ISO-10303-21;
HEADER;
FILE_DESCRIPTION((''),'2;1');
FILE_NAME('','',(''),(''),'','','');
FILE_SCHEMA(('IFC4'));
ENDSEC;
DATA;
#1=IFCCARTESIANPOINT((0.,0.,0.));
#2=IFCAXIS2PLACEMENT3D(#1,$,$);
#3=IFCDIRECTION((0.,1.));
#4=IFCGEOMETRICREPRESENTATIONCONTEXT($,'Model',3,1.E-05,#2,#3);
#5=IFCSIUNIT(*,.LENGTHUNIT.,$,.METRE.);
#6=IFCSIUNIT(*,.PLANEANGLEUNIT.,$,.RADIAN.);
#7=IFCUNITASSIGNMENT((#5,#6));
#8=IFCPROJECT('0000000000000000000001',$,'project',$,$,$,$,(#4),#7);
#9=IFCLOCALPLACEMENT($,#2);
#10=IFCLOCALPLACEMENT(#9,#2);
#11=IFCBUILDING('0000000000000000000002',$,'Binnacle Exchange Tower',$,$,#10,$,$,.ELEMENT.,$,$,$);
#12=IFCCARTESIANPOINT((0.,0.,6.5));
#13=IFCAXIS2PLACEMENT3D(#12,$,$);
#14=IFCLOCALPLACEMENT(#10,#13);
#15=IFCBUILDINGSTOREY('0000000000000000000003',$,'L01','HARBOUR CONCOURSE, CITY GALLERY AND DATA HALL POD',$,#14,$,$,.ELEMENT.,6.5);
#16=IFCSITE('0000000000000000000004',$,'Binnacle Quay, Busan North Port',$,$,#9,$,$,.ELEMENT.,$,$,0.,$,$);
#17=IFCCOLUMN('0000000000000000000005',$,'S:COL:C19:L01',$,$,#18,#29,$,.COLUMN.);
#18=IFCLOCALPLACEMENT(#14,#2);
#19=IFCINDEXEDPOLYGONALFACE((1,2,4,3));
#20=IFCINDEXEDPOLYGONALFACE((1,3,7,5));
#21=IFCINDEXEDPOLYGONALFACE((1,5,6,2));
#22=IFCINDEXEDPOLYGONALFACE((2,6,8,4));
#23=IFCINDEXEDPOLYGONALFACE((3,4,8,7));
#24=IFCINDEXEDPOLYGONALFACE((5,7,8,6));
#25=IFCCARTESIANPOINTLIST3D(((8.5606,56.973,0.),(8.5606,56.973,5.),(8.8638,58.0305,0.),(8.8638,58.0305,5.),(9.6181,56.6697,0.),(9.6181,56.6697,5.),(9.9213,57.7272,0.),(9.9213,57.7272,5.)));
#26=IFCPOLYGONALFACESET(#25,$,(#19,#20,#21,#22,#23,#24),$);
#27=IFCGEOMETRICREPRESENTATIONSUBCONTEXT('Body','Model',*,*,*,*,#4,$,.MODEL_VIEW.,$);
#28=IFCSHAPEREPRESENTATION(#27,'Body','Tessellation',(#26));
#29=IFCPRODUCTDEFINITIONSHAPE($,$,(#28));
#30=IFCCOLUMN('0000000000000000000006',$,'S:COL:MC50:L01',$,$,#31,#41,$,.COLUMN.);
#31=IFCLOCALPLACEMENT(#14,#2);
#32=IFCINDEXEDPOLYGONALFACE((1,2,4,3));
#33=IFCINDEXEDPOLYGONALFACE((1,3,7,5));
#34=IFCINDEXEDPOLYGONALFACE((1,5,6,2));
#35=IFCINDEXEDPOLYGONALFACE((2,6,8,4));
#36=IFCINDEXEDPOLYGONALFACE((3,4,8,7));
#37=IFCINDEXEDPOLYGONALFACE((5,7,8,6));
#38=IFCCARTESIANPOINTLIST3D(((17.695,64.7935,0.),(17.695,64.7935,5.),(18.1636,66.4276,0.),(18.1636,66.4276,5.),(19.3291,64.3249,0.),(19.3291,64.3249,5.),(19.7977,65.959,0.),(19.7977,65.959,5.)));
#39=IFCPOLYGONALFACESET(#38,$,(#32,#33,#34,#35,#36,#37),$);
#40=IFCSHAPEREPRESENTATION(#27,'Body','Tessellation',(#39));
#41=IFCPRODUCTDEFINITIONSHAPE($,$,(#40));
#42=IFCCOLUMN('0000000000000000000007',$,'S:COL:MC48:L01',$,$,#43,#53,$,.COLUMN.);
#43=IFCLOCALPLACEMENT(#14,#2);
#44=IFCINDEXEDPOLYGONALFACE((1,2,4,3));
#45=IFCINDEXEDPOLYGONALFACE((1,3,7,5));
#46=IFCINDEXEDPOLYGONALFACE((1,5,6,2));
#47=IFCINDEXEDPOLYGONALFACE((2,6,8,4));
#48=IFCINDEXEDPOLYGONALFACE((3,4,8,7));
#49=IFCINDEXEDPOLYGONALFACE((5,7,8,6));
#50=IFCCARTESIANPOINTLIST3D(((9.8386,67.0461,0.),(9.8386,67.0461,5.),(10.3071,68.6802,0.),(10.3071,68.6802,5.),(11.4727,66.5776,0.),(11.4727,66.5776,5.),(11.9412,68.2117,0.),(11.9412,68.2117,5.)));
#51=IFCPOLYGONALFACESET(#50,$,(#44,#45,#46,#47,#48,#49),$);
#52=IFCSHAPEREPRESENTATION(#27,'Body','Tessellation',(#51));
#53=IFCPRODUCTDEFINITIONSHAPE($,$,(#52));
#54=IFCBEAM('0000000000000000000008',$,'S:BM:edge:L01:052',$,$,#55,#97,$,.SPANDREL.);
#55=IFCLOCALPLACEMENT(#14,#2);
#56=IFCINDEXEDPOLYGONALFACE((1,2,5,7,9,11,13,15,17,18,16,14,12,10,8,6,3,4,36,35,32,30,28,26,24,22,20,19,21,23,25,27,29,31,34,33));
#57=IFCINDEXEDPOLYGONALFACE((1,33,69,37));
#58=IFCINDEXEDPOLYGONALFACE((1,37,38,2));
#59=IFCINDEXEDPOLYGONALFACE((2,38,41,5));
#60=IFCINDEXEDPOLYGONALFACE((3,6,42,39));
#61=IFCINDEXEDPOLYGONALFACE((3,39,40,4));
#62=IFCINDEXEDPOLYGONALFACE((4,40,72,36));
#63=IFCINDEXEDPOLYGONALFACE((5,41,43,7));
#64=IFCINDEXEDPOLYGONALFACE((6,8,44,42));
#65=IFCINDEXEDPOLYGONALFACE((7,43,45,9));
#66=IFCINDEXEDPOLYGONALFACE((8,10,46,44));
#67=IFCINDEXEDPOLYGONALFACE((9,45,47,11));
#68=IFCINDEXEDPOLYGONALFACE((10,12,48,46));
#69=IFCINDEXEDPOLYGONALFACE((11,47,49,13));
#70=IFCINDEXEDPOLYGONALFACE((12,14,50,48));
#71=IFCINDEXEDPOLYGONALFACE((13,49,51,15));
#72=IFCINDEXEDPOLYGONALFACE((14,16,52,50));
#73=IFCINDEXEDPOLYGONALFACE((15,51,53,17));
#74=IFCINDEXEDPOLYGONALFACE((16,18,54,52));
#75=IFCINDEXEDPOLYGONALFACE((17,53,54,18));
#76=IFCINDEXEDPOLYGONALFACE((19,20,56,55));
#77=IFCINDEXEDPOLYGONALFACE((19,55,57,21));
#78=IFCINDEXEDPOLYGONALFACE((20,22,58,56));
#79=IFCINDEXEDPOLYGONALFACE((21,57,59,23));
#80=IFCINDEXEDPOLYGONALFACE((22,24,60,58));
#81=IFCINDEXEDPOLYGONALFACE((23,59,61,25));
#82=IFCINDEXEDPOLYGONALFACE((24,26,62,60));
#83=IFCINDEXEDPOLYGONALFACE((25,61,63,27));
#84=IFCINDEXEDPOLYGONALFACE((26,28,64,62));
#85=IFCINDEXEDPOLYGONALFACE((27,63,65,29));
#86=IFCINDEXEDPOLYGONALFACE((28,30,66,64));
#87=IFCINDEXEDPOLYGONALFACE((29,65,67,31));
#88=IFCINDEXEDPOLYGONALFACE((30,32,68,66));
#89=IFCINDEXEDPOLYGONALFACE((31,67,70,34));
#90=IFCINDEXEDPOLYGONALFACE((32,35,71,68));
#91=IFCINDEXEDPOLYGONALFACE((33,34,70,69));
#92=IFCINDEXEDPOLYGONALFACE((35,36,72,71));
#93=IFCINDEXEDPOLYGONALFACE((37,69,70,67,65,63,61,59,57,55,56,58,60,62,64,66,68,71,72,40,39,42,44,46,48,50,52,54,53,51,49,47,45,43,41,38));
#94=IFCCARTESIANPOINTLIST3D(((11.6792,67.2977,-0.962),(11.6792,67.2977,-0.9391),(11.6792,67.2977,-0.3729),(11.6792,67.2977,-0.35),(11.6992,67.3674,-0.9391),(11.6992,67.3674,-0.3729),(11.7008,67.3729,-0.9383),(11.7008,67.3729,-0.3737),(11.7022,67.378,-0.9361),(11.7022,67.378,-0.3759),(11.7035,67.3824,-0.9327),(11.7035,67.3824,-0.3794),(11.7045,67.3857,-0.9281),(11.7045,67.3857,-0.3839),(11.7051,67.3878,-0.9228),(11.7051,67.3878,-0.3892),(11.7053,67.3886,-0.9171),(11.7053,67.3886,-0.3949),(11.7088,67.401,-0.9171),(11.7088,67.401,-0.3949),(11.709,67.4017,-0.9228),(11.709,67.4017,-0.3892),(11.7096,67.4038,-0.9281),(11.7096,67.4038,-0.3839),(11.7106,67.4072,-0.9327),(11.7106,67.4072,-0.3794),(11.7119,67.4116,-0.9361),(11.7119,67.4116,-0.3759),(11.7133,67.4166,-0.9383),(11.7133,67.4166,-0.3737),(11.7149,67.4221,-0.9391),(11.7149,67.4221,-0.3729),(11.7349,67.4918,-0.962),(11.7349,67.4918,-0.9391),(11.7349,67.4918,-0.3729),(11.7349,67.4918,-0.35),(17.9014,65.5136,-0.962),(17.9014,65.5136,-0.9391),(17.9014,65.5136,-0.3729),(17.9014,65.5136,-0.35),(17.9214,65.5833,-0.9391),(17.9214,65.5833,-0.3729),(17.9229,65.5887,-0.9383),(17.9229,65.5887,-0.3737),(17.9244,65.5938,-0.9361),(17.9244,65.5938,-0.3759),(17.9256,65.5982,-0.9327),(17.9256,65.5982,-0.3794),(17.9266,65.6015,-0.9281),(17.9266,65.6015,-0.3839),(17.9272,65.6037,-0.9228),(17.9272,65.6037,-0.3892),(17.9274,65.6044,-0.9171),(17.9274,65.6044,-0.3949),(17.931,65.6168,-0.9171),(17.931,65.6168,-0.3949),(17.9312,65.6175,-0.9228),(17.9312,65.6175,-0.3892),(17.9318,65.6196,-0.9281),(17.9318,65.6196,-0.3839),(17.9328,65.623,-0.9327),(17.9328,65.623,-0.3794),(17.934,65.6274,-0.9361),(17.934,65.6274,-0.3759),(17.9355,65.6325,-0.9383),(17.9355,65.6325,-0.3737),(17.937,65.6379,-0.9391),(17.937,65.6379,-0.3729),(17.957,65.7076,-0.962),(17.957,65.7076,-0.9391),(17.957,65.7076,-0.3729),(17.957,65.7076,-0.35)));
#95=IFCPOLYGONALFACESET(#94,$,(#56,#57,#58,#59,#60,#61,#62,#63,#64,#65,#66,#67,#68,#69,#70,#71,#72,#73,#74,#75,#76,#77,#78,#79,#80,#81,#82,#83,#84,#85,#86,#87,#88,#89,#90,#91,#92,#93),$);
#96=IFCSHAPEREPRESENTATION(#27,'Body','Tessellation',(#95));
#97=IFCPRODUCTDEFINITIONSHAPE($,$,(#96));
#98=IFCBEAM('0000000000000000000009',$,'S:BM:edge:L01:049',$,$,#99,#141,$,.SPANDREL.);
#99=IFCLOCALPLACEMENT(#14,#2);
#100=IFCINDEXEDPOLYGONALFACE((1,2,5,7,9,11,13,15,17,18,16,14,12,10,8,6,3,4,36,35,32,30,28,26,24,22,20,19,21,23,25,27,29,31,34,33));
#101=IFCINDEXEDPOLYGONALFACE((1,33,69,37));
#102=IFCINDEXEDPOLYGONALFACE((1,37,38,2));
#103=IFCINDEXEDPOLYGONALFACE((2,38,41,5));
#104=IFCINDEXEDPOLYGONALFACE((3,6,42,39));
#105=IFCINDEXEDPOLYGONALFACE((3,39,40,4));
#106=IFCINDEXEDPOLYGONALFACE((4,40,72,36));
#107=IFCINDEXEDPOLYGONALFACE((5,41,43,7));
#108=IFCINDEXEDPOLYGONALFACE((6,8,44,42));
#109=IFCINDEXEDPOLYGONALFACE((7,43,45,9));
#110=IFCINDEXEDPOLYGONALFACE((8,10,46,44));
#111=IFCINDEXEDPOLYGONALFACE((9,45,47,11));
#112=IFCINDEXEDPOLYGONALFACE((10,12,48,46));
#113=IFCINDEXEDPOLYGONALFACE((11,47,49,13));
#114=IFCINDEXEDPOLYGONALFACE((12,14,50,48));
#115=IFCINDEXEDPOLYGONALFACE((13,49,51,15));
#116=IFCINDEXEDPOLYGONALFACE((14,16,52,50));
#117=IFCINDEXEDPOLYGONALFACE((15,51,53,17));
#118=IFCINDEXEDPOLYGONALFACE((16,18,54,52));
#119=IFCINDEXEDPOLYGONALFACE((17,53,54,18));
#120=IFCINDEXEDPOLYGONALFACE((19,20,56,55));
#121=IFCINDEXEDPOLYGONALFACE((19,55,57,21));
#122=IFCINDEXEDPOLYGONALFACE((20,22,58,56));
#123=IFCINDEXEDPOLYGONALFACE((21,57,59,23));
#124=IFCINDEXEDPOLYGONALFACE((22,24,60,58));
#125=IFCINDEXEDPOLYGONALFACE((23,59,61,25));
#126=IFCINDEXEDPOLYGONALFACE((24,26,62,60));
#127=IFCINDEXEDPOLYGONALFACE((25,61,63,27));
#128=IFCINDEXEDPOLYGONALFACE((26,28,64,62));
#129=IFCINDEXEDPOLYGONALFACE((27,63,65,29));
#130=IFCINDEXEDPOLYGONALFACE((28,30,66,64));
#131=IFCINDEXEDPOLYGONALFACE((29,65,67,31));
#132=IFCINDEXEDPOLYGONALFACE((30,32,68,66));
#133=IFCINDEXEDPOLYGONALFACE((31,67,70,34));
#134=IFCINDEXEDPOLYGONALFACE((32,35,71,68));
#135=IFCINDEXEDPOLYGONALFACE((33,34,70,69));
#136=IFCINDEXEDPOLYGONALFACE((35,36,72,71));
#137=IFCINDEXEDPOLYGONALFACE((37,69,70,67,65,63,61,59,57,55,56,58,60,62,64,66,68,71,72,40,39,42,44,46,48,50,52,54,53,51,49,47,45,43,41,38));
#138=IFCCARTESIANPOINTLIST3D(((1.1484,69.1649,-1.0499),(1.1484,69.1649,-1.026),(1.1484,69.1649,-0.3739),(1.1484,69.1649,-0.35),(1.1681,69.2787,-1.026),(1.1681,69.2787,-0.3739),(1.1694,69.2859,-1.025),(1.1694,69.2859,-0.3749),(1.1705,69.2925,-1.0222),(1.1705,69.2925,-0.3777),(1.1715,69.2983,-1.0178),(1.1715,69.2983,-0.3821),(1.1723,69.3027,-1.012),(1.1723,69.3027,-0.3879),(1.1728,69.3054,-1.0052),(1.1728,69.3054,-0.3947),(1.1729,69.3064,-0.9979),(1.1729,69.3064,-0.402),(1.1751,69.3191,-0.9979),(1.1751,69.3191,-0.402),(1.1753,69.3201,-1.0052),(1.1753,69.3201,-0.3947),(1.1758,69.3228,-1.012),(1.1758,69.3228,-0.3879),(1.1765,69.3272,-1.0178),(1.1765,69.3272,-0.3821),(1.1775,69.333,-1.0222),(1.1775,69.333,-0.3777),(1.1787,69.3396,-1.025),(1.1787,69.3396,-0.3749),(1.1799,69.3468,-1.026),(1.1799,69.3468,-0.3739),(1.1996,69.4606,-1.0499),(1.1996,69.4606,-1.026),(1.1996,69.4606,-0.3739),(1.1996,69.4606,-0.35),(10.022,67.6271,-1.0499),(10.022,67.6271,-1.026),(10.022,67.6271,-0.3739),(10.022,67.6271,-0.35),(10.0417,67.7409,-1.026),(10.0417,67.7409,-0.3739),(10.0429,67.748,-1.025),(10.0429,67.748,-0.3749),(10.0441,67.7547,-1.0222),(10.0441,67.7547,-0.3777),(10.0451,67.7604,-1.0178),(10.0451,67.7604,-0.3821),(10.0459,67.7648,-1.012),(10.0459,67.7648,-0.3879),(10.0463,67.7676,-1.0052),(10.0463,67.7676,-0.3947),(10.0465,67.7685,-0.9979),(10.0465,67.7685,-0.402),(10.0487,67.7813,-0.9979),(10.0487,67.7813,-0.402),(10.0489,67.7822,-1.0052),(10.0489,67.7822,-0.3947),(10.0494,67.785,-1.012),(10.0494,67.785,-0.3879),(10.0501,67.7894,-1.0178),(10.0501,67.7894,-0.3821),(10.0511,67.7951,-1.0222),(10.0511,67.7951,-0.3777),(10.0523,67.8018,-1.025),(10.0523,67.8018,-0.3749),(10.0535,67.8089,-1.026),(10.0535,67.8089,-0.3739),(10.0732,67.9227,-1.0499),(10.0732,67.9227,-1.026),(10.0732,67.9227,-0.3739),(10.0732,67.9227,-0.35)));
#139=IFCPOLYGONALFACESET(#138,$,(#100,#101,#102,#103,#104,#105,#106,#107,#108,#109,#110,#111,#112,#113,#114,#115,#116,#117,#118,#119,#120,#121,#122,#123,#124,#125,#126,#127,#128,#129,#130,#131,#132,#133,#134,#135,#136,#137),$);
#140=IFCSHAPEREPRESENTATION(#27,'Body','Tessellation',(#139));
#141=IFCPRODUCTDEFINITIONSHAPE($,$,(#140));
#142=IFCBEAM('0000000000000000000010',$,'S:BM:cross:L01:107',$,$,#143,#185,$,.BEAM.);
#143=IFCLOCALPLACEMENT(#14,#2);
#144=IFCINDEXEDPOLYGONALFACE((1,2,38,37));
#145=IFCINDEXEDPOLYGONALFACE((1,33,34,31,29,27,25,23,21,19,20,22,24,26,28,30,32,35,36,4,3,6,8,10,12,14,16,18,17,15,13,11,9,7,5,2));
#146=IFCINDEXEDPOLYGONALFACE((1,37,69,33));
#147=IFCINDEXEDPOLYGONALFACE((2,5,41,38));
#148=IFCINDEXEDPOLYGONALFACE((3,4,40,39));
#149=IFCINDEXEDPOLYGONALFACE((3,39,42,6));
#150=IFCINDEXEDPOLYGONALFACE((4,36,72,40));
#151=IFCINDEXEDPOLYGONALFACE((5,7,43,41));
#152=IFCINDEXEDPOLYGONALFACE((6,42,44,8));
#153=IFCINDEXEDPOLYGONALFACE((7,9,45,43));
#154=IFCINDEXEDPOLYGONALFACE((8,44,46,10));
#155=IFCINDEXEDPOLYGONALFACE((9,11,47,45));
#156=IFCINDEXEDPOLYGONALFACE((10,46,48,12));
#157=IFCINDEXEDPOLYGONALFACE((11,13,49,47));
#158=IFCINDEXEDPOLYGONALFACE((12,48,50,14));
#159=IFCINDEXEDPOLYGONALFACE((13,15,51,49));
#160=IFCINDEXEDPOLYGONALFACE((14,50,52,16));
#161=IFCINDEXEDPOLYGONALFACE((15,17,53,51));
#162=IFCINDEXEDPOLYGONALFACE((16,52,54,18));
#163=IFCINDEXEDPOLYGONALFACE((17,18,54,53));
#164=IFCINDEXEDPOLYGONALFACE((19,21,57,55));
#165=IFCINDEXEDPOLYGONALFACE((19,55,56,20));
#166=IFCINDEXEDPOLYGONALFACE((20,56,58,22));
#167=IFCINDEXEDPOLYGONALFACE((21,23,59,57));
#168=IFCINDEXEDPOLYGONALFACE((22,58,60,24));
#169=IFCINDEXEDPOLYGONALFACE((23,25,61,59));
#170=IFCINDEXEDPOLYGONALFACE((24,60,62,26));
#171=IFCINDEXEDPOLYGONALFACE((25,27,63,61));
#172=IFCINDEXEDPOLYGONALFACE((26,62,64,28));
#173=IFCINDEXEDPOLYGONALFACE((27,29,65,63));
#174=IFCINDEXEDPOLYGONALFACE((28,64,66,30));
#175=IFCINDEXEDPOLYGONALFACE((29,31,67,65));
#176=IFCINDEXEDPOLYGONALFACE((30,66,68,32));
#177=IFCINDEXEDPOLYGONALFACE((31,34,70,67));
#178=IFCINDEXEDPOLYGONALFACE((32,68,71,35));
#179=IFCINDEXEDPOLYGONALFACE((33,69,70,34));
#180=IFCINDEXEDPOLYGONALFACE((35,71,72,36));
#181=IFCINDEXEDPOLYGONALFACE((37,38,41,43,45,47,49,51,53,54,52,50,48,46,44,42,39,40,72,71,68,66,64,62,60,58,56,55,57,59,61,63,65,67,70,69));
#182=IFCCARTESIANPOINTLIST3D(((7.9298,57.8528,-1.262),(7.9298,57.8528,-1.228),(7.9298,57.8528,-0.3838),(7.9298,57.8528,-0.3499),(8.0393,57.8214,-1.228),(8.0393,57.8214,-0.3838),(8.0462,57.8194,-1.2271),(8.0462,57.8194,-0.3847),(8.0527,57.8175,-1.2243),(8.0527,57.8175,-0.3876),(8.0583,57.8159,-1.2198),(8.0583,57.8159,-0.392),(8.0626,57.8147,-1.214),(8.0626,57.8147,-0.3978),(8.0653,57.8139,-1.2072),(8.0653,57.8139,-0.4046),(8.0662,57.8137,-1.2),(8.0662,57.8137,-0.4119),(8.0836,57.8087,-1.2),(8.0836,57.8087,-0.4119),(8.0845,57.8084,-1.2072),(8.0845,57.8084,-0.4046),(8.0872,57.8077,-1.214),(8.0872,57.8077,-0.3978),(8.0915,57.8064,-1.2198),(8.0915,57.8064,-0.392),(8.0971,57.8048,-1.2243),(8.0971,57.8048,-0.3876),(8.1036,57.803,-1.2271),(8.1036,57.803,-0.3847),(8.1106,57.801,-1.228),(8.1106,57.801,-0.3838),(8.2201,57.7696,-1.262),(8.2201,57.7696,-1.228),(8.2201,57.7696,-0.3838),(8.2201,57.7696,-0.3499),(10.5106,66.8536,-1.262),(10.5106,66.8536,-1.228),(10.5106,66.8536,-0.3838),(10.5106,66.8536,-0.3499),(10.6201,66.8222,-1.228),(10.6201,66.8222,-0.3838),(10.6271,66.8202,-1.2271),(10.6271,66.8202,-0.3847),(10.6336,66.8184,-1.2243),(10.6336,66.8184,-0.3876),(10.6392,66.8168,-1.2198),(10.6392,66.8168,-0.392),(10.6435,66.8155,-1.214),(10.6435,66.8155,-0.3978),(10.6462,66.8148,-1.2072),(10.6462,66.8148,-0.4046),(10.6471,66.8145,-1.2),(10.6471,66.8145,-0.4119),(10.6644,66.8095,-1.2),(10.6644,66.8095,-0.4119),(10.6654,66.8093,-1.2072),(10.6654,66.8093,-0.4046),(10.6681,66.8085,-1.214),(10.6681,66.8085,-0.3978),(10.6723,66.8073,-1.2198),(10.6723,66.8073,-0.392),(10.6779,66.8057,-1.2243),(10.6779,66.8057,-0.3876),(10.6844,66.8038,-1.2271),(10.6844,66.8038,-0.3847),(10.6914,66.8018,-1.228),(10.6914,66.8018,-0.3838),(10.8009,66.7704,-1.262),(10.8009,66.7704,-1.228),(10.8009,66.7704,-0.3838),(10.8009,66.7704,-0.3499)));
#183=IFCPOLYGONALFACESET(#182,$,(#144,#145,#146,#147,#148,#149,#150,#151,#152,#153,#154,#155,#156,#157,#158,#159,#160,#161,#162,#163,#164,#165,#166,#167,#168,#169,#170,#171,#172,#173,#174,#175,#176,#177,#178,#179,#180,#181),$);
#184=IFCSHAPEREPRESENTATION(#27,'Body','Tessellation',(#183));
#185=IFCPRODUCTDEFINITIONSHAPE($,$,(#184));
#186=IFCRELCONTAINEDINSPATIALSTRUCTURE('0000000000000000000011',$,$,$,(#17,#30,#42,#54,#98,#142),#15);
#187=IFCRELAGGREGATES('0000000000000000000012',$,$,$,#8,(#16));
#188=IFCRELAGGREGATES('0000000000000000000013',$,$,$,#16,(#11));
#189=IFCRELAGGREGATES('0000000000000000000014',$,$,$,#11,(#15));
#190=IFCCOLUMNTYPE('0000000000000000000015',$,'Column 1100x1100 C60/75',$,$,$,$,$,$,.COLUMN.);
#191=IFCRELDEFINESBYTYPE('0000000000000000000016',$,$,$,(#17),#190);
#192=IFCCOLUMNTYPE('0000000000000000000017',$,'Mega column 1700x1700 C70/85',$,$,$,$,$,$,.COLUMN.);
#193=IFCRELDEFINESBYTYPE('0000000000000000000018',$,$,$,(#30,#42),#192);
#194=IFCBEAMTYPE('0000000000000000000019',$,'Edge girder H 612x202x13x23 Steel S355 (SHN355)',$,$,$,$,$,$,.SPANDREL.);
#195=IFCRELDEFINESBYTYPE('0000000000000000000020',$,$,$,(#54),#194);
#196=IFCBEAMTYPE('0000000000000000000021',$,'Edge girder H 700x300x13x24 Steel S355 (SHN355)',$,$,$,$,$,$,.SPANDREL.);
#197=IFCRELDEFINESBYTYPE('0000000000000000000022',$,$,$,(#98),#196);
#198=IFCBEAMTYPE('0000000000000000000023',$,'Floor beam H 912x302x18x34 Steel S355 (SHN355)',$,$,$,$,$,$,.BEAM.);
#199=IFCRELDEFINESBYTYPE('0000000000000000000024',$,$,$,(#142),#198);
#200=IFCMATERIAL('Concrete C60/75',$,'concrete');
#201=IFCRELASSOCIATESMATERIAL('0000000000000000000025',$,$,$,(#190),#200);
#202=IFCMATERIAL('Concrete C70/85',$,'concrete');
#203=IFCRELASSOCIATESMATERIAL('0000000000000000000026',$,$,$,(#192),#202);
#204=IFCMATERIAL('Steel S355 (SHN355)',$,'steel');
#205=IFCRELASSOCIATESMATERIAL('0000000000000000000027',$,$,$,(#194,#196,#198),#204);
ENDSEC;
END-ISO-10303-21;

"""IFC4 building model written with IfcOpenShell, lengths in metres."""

from ifc_helpers import new_model, si_unit, direction, frame, origin, origin_2d, place, context, subcontext, project, spatial, rectangle, i_section, extrude, material, material_profile, profile_set, type_object, element, save


model = new_model("IFC4")

# Units and contexts
model_context = context("Model", 3, precision=1e-05, world=origin(), true_north=direction((0.0, 1.0)))
body_context = subcontext(model_context, "Body", "Model", "MODEL_VIEW")
ifc_project = project(units=[si_unit("LENGTHUNIT", "METRE"), si_unit("PLANEANGLEUNIT", "RADIAN")], contexts=[model_context])

# Site, building, storey
site_placement = place(None, origin())
site = spatial("IfcSite", under=ifc_project, at=site_placement, Name="Binnacle Quay, Busan North Port", CompositionType="ELEMENT", RefElevation=0.0)
building_placement = place(site_placement, origin())
building = spatial("IfcBuilding", under=site, at=building_placement, Name="Binnacle Exchange Tower", CompositionType="ELEMENT")
storey_placement = place(building_placement, frame((0.0, 0.0, 6.5)))
storey = spatial("IfcBuildingStorey", under=building, at=storey_placement, Name="L01", Description="HARBOUR CONCOURSE, CITY GALLERY AND DATA HALL POD", CompositionType="ELEMENT", Elevation=6.5)

# Columns
ifc_material_1 = material(Name="Concrete C60/75", Category="concrete")
ifc_material_profile_1 = material_profile(ifc_material_1, rectangle(XDim=1.1001, YDim=1.1001, at=origin_2d()), Name="Column 1100x1100 C60/75")
ifc_profile_set_1 = profile_set([ifc_material_profile_1], Name="Concrete C60/75")
column_type_1 = type_object("IfcColumnType", Name="Column 1100x1100 C60/75", PredefinedType="COLUMN", material=ifc_profile_set_1)
column_placement = place(storey_placement, frame((9.241, 57.3501, 0.0), z_axis=(0.0, 0.0, 1.0), x_axis=(0.961262, -0.275637, 0.0)))
element("IfcColumn", 1, at=column_placement, inside=storey, type_object=column_type_1, Name="S:COL:C19:L01", PredefinedType="COLUMN", context=body_context, shape_type="SweptSolid", body=[
    extrude(rectangle(XDim=1.1001, YDim=1.1001, at=origin_2d()), origin(), (0.0, 0.0, 1.0), 5.0),
])
ifc_material_2 = material(Name="Concrete C70/85", Category="concrete")
ifc_material_profile_2 = material_profile(ifc_material_2, rectangle(XDim=1.7, YDim=1.7, at=origin_2d()), Name="Mega column 1700x1700 C70/85")
ifc_profile_set_2 = profile_set([ifc_material_profile_2], Name="Concrete C70/85")
column_type_2 = type_object("IfcColumnType", Name="Mega column 1700x1700 C70/85", PredefinedType="COLUMN", material=ifc_profile_set_2)
for number, where, z_axis, x_axis, name in (
    (2, (18.7463, 65.3762, 0.0), (0.0, 0.0, 1.0), (-0.961262, 0.275637, 0.0), "S:COL:MC50:L01"),
    (3, (10.8899, 67.6289, 0.0), (0.0, 0.0, 1.0), (-0.961262, 0.275637, 0.0), "S:COL:MC48:L01"),
):
    element("IfcColumn", number, at=place(storey_placement, frame(where, z_axis=z_axis, x_axis=x_axis)), inside=storey, type_object=column_type_2, Name=name, PredefinedType="COLUMN", context=body_context, shape_type="SweptSolid", body=[
        extrude(rectangle(XDim=1.7, YDim=1.7, at=origin_2d()), origin(), (0.0, 0.0, 1.0), 5.0),
    ])

# Beams
ifc_material_3 = material(Name="Steel S355 (SHN355)", Category="steel")
ifc_material_profile_3 = material_profile(ifc_material_3, i_section(OverallWidth=0.2019, OverallDepth=0.6121, WebThickness=0.0129, FlangeThickness=0.0229, FilletRadius=0.022, at=origin_2d()), Name="H 612x202x13x23")
ifc_profile_set_3 = profile_set([ifc_material_profile_3], Name="Steel S355 (SHN355)")
beam_type_1 = type_object("IfcBeamType", Name="Edge girder H 612x202x13x23 Steel S355 (SHN355)", PredefinedType="SPANDREL", material=ifc_profile_set_3)
beam_1_placement = place(storey_placement, frame((17.9292, 65.6106, -0.656), z_axis=(-0.961262, 0.275638, 0.0), x_axis=(-0.275638, -0.961262, 0.0)))
element("IfcBeam", 4, at=beam_1_placement, inside=storey, type_object=beam_type_1, Name="S:BM:edge:L01:052", PredefinedType="SPANDREL", context=body_context, shape_type="SweptSolid", body=[
    extrude(i_section(OverallWidth=0.2019, OverallDepth=0.6121, WebThickness=0.0129, FlangeThickness=0.0229, FilletRadius=0.022, at=origin_2d()), origin(), (0.0, 0.0, 1.0), 6.4729),
])
ifc_material_profile_4 = material_profile(ifc_material_3, i_section(OverallWidth=0.3, OverallDepth=0.7, WebThickness=0.0129, FlangeThickness=0.0239, FilletRadius=0.0281, at=origin_2d()), Name="H 700x300x13x24")
ifc_profile_set_4 = profile_set([ifc_material_profile_4], Name="Steel S355 (SHN355)")
beam_type_2 = type_object("IfcBeamType", Name="Edge girder H 700x300x13x24 Steel S355 (SHN355)", PredefinedType="SPANDREL", material=ifc_profile_set_4)
beam_2_placement = place(storey_placement, frame((10.0476, 67.7749, -0.7), z_axis=(-0.985312, 0.170761, 0.0), x_axis=(-0.170761, -0.985312, 0.0)))
element("IfcBeam", 5, at=beam_2_placement, inside=storey, type_object=beam_type_2, Name="S:BM:edge:L01:049", PredefinedType="SPANDREL", context=body_context, shape_type="SweptSolid", body=[
    extrude(i_section(OverallWidth=0.3, OverallDepth=0.7, WebThickness=0.0129, FlangeThickness=0.0239, FilletRadius=0.0281, at=origin_2d()), origin(), (0.0, 0.0, 1.0), 9.0059),
])
ifc_material_profile_5 = material_profile(ifc_material_3, i_section(OverallWidth=0.302, OverallDepth=0.9121, WebThickness=0.0181, FlangeThickness=0.0339, FilletRadius=0.0281, at=origin_2d()), Name="H 912x302x18x34")
ifc_profile_set_5 = profile_set([ifc_material_profile_5], Name="Steel S355 (SHN355)")
beam_type_3 = type_object("IfcBeamType", Name="Floor beam H 912x302x18x34 Steel S355 (SHN355)", PredefinedType="BEAM", material=ifc_profile_set_5)
beam_3_placement = place(storey_placement, frame((10.6558, 66.812, -0.8059), z_axis=(-0.275627, -0.961265, 0.0), x_axis=(0.961265, -0.275627, 0.0)))
element("IfcBeam", 6, at=beam_3_placement, inside=storey, type_object=beam_type_3, Name="S:BM:cross:L01:107", PredefinedType="BEAM", context=body_context, shape_type="SweptSolid", body=[
    extrude(i_section(OverallWidth=0.302, OverallDepth=0.9121, WebThickness=0.0181, FlangeThickness=0.0339, FilletRadius=0.0281, at=origin_2d()), origin(), (0.0, 0.0, 1.0), 9.3635),
])

save(model, "model.ifc")
